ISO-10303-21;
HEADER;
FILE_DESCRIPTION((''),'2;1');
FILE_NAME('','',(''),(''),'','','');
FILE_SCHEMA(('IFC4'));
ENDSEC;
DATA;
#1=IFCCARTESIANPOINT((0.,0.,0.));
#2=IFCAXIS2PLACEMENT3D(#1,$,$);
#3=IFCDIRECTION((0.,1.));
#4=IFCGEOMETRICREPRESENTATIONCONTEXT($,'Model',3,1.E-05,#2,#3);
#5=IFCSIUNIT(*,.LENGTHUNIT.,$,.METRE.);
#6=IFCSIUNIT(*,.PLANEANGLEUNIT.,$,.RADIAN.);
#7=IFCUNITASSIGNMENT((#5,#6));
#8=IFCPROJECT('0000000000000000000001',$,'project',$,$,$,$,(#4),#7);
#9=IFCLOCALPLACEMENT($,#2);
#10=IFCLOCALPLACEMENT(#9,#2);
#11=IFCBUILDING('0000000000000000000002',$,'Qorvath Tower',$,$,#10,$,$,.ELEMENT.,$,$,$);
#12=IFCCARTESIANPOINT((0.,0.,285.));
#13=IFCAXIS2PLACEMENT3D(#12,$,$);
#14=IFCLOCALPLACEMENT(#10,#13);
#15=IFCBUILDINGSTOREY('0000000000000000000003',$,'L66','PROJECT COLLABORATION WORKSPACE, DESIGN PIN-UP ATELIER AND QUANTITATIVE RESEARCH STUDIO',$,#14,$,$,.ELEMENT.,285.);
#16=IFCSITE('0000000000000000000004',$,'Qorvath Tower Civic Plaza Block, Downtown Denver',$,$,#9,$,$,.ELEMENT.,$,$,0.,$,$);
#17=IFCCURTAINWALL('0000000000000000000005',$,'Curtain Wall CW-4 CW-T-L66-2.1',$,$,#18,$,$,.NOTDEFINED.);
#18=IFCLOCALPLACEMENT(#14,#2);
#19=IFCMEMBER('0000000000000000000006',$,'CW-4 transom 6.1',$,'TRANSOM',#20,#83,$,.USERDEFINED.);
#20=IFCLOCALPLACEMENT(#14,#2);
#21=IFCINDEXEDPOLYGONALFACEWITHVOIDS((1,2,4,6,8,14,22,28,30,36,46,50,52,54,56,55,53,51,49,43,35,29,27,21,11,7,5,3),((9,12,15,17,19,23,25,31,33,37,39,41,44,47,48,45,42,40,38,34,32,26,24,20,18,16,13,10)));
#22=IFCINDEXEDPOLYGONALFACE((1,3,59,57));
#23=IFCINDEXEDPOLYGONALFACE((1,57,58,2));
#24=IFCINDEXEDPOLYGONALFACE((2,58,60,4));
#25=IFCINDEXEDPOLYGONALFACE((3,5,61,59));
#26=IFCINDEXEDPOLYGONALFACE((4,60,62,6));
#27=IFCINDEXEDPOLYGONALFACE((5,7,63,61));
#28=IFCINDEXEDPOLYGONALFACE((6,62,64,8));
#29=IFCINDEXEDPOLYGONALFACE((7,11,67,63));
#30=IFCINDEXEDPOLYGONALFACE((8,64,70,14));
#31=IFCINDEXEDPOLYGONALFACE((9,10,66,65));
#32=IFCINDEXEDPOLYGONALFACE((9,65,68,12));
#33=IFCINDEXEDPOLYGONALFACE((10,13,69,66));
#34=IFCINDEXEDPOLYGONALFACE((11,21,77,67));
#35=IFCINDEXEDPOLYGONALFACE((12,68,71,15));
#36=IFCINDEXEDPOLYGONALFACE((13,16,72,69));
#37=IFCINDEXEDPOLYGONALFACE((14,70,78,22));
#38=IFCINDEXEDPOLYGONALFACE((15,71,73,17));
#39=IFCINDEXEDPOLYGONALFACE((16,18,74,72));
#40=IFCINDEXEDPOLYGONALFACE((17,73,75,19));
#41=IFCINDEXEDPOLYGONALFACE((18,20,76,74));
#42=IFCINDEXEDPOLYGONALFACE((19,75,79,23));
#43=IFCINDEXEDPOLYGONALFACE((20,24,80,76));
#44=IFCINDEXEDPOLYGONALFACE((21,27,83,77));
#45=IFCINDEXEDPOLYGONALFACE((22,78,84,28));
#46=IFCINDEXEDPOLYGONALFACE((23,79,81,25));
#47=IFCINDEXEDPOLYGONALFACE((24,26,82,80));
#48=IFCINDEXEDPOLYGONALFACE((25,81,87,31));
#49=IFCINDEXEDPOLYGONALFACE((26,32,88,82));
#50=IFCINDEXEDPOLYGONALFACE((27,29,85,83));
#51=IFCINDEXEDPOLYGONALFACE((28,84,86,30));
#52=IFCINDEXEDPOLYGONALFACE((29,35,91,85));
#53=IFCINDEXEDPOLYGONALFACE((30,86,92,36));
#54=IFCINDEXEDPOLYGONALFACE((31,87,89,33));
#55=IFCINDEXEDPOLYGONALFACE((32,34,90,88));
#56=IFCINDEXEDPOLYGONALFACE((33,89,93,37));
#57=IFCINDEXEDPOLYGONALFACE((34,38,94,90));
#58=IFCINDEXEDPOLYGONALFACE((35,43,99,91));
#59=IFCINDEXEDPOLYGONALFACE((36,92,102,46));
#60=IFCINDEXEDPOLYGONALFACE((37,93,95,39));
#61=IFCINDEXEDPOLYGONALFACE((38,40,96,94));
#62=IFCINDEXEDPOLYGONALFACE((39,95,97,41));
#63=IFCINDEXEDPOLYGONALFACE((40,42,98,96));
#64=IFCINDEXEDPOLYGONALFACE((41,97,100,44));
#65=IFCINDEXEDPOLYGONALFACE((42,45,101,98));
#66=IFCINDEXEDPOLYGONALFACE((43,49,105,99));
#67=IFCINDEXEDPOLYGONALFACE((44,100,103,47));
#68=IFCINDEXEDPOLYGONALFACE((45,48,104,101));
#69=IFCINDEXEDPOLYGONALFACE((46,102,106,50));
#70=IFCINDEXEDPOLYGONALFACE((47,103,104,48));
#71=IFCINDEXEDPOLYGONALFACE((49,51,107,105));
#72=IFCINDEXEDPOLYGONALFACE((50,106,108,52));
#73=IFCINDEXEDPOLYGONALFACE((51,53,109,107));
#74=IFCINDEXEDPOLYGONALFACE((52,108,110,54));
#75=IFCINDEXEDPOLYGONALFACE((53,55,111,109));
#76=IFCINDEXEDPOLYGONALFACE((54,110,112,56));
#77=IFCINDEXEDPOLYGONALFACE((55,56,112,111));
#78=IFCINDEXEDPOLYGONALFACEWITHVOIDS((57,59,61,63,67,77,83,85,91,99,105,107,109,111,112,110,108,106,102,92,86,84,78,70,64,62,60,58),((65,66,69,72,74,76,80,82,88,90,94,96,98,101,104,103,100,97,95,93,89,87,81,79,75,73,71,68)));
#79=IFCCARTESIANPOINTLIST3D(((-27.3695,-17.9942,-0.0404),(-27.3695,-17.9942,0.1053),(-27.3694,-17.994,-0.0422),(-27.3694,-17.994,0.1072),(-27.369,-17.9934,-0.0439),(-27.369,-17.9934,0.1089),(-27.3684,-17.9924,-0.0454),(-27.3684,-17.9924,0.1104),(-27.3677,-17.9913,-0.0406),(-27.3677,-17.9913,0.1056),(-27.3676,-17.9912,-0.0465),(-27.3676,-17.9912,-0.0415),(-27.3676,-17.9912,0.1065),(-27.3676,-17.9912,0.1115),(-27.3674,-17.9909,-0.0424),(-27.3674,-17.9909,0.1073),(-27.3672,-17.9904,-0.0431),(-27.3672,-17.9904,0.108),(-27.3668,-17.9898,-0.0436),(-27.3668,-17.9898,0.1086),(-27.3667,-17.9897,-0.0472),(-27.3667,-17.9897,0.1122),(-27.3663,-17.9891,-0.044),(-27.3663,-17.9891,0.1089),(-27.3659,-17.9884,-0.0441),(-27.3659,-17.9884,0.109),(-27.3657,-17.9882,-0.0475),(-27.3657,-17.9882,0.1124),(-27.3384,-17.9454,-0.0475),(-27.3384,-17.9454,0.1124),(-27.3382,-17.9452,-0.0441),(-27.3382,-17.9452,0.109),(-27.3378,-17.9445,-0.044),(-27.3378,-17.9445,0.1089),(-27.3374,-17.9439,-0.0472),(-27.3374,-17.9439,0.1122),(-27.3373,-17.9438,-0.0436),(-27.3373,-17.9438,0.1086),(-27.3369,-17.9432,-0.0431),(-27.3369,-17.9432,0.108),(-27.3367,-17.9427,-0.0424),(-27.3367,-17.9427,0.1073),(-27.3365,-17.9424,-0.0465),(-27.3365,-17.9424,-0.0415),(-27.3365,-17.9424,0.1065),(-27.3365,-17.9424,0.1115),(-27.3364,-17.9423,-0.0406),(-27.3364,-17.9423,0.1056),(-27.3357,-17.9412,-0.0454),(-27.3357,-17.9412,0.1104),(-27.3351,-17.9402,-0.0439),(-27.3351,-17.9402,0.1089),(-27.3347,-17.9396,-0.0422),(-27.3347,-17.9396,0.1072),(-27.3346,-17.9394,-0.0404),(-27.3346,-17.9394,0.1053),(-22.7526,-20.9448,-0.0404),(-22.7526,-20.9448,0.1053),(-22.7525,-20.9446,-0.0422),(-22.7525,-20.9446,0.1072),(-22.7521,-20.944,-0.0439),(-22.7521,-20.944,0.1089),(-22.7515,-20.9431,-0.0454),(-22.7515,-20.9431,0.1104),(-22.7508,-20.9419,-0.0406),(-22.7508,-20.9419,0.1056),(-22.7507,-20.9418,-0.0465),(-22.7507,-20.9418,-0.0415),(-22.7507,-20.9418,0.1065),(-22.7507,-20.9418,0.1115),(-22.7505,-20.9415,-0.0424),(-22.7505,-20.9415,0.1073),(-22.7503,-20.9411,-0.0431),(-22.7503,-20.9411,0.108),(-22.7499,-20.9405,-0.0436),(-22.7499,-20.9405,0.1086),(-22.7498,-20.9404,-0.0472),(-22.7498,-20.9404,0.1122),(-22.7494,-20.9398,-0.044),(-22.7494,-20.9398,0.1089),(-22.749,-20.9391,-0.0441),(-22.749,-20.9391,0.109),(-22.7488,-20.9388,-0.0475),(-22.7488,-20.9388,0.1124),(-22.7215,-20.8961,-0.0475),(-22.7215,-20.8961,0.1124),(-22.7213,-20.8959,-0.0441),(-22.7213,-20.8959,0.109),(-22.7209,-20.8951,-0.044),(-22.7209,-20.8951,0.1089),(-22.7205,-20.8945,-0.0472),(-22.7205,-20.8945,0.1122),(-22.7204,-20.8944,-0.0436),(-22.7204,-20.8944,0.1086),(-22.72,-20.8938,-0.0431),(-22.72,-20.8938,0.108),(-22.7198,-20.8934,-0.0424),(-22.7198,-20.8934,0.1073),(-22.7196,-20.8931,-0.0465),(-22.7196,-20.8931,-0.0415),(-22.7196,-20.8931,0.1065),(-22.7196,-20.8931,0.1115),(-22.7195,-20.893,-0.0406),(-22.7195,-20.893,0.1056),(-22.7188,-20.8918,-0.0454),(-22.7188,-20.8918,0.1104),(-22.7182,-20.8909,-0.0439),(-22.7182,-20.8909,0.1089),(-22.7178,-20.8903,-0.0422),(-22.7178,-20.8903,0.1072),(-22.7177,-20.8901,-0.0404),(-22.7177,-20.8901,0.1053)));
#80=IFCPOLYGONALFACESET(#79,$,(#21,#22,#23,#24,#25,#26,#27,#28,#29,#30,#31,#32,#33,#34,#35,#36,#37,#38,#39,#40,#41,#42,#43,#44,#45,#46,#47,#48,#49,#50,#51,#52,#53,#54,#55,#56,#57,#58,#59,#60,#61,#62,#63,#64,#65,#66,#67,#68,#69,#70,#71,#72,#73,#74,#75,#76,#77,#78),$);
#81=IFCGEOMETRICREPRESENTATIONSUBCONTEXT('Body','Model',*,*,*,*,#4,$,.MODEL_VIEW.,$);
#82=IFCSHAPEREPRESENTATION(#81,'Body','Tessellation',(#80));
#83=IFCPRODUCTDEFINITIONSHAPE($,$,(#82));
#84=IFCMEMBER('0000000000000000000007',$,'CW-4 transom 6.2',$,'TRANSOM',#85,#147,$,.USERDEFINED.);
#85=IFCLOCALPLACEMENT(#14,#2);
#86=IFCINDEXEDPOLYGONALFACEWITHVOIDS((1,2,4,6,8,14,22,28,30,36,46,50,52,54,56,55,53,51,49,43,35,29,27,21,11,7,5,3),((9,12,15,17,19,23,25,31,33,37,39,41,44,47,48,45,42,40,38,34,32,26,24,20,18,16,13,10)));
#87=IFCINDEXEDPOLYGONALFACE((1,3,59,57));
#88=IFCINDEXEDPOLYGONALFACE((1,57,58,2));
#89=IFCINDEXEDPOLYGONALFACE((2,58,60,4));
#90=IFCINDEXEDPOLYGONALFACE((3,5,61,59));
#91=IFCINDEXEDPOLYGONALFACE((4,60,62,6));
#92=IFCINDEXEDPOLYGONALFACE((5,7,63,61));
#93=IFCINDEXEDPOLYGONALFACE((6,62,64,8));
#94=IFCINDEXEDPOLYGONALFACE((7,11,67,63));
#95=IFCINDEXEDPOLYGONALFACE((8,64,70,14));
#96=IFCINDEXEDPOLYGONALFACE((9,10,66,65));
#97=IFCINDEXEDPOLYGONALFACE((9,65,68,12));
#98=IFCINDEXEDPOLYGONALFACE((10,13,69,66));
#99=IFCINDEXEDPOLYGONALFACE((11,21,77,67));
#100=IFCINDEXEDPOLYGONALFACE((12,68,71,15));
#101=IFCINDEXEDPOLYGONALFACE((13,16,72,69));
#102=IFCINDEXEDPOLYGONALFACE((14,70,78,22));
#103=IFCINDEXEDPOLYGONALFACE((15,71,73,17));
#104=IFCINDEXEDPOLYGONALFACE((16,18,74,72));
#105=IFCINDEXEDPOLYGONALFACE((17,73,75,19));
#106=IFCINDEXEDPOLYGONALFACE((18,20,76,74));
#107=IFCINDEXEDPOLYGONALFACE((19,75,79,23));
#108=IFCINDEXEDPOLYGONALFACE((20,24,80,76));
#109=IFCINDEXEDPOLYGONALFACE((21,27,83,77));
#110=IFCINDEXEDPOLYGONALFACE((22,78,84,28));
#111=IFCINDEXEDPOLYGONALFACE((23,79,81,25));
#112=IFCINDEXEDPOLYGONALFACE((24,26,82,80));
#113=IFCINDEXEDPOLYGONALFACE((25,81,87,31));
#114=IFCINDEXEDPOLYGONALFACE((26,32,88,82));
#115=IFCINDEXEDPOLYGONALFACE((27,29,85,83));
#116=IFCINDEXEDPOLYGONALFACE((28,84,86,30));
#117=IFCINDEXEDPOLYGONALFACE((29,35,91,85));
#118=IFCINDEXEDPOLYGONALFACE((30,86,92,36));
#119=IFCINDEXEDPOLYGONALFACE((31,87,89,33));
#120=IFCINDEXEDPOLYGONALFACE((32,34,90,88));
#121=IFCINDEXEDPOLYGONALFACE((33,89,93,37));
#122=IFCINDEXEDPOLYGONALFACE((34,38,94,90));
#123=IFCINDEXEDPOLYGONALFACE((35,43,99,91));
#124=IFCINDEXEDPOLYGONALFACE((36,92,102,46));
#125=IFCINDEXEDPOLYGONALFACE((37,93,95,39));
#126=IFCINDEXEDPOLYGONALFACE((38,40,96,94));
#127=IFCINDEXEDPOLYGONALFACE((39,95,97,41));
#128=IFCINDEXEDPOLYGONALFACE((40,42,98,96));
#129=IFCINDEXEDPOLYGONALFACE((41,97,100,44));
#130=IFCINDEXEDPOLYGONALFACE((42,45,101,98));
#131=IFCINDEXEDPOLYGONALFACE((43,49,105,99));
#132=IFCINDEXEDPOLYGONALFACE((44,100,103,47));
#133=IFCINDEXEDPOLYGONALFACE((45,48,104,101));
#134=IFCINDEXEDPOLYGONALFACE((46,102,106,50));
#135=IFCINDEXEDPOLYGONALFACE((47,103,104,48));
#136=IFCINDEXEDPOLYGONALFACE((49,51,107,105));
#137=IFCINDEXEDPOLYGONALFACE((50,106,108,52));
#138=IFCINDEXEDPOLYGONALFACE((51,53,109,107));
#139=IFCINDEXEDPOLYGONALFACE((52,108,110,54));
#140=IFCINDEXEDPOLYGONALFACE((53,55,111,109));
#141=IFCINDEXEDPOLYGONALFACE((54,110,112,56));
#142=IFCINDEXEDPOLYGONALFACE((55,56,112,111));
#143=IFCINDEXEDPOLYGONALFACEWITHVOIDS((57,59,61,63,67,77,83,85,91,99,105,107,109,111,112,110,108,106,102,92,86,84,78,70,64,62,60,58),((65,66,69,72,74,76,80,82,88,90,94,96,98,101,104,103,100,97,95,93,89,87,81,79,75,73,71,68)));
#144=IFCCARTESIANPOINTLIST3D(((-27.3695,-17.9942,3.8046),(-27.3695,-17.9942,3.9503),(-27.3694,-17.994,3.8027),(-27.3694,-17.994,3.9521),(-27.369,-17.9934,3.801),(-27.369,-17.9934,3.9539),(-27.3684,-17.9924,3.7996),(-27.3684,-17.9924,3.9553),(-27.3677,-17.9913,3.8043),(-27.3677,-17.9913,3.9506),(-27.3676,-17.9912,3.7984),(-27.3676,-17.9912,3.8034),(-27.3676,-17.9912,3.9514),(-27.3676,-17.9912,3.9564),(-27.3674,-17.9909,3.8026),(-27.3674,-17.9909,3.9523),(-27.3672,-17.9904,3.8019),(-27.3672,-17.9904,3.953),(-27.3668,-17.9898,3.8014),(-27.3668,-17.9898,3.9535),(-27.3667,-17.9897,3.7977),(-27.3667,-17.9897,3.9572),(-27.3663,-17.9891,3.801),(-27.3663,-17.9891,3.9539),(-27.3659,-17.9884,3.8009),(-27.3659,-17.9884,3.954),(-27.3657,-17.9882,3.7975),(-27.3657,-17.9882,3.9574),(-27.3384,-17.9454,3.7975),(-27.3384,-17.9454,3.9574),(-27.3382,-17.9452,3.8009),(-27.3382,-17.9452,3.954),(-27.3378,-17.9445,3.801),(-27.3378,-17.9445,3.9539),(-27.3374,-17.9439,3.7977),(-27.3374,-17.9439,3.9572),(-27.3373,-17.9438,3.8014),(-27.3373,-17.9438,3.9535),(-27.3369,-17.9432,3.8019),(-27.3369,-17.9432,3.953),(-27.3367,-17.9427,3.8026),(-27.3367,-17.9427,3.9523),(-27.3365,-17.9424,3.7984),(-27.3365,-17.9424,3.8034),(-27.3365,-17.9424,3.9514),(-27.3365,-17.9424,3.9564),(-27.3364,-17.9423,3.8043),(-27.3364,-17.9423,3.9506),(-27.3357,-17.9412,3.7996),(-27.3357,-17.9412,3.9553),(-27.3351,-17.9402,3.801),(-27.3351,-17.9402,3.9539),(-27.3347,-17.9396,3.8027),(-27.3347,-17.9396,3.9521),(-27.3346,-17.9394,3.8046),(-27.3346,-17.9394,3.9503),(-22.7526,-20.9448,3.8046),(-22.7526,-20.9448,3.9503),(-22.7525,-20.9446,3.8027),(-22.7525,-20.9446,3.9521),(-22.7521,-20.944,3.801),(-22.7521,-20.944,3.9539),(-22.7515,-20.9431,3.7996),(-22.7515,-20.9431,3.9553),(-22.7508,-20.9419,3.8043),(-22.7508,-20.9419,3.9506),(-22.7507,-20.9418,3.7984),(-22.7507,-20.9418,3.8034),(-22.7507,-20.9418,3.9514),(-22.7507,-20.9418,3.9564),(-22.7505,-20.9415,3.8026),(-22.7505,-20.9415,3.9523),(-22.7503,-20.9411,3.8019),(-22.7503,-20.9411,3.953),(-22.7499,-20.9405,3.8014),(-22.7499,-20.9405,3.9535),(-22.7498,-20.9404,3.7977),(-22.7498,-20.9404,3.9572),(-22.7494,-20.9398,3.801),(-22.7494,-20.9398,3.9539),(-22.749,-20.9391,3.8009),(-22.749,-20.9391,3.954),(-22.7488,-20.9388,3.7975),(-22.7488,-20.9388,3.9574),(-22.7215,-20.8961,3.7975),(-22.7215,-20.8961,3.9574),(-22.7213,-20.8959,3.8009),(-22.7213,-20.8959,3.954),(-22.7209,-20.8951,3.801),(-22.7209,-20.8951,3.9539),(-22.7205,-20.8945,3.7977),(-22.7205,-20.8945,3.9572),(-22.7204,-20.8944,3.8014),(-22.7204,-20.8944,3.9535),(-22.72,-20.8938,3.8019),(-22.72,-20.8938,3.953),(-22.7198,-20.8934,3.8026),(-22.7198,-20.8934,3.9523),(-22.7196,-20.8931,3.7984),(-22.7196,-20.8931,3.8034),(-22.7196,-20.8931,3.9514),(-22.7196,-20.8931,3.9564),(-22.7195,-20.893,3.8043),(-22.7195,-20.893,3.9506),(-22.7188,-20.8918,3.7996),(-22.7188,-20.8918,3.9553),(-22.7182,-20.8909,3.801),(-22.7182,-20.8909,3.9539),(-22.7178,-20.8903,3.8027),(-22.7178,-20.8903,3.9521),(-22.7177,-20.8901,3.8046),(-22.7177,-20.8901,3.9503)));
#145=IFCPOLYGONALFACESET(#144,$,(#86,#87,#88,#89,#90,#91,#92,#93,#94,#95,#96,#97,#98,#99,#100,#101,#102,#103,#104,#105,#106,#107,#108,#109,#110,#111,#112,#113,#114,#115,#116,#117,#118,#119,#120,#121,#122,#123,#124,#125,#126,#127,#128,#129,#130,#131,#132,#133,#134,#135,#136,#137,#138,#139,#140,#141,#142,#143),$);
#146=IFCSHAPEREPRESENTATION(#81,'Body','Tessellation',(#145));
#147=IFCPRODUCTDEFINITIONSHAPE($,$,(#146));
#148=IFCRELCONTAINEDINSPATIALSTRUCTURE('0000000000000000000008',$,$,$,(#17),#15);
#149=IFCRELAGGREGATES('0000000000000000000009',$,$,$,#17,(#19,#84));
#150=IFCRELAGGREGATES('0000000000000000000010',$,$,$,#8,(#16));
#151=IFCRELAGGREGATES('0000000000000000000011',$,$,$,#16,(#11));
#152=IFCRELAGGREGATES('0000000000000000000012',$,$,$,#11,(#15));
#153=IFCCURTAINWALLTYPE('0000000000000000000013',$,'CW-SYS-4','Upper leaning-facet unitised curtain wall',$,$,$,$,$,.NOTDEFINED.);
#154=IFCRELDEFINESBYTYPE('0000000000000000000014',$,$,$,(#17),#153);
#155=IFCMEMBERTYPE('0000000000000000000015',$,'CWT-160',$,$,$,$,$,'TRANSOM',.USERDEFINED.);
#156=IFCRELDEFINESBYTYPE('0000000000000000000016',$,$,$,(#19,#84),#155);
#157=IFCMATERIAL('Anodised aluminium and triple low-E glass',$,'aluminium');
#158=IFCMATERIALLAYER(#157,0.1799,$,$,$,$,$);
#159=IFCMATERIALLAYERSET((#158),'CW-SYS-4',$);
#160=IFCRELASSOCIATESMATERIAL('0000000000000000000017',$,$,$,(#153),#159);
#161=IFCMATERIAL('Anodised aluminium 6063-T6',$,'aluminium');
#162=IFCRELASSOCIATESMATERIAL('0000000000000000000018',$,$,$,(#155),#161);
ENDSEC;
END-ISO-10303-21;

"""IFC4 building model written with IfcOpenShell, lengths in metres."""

from ifc_helpers import new_model, si_unit, direction, frame, origin, origin_2d, place, context, subcontext, project, spatial, hollow_rectangle, extrude, material, layer, layer_set, material_profile, profile_set, type_object, element, aggregate, save


model = new_model("IFC4")

# Units and contexts
model_context = context("Model", 3, precision=1e-05, world=origin(), true_north=direction((0.0, 1.0)))
body_context = subcontext(model_context, "Body", "Model", "MODEL_VIEW")
ifc_project = project(units=[si_unit("LENGTHUNIT", "METRE"), si_unit("PLANEANGLEUNIT", "RADIAN")], contexts=[model_context])

# Site, building, storey
site_placement = place(None, origin())
site = spatial("IfcSite", under=ifc_project, at=site_placement, Name="Qorvath Tower Civic Plaza Block, Downtown Denver", CompositionType="ELEMENT", RefElevation=0.0)
building_placement = place(site_placement, origin())
building = spatial("IfcBuilding", under=site, at=building_placement, Name="Qorvath Tower", CompositionType="ELEMENT")
storey_placement = place(building_placement, frame((0.0, 0.0, 285.0)))
storey = spatial("IfcBuildingStorey", under=building, at=storey_placement, Name="L66", Description="PROJECT COLLABORATION WORKSPACE, DESIGN PIN-UP ATELIER AND QUANTITATIVE RESEARCH STUDIO", CompositionType="ELEMENT", Elevation=285.0)

# Curtain wall, members
ifc_material_1 = material(Name="Anodised aluminium and triple low-E glass", Category="aluminium")
ifc_layer_1 = layer(ifc_material_1, 0.1799)
ifc_layer_set_1 = layer_set([ifc_layer_1], Name="CW-SYS-4")
curtain_wall_type = type_object("IfcCurtainWallType", Name="CW-SYS-4", Description="Upper leaning-facet unitised curtain wall", PredefinedType="NOTDEFINED", material=ifc_layer_set_1)
curtain_wall_placement = place(storey_placement, origin())
curtain_wall = element("IfcCurtainWall", 1, at=curtain_wall_placement, inside=storey, type_object=curtain_wall_type, Name="Curtain Wall CW-4 CW-T-L66-2.1", PredefinedType="NOTDEFINED")
ifc_material_2 = material(Name="Anodised aluminium 6063-T6", Category="aluminium")
ifc_material_profile_1 = material_profile(ifc_material_2, hollow_rectangle(XDim=0.0649, YDim=0.1599, WallThickness=0.0034, InnerFilletRadius=0.0034, OuterFilletRadius=0.0071, at=origin_2d()), Name="CWT 160x65")
ifc_profile_set_1 = profile_set([ifc_material_profile_1], Name="Anodised aluminium 6063-T6")
member_type_1 = type_object("IfcMemberType", Name="CWT-160", ElementType="TRANSOM", PredefinedType="USERDEFINED", material=ifc_profile_set_1)
member_1_placement = place(storey_placement, frame((-27.3521, -17.9668, 0.0325), z_axis=(0.842616, -0.538515, 0.0), x_axis=(0.538515, 0.842616, 0.0)))
member_1 = element("IfcMember", 2, at=member_1_placement, type_object=member_type_1, Name="CW-4 transom 6.1", ObjectType="TRANSOM", PredefinedType="USERDEFINED", context=body_context, shape_type="SweptSolid", body=[
    extrude(hollow_rectangle(XDim=0.0649, YDim=0.1599, WallThickness=0.0034, InnerFilletRadius=0.0034, OuterFilletRadius=0.0071, at=origin_2d()), origin(), (0.0, 0.0, 1.0), 5.4792),
])
member_2_placement = place(storey_placement, frame((-27.3521, -17.9668, 3.8774), z_axis=(0.842616, -0.538515, 0.0), x_axis=(0.538515, 0.842616, 0.0)))
member_2 = element("IfcMember", 3, at=member_2_placement, type_object=member_type_1, Name="CW-4 transom 6.2", ObjectType="TRANSOM", PredefinedType="USERDEFINED", context=body_context, shape_type="SweptSolid", body=[
    extrude(hollow_rectangle(XDim=0.0649, YDim=0.1599, WallThickness=0.0034, InnerFilletRadius=0.0034, OuterFilletRadius=0.0071, at=origin_2d()), origin(), (0.0, 0.0, 1.0), 5.4792),
])
aggregate(curtain_wall, [member_1, member_2])

save(model, "model.ifc")
